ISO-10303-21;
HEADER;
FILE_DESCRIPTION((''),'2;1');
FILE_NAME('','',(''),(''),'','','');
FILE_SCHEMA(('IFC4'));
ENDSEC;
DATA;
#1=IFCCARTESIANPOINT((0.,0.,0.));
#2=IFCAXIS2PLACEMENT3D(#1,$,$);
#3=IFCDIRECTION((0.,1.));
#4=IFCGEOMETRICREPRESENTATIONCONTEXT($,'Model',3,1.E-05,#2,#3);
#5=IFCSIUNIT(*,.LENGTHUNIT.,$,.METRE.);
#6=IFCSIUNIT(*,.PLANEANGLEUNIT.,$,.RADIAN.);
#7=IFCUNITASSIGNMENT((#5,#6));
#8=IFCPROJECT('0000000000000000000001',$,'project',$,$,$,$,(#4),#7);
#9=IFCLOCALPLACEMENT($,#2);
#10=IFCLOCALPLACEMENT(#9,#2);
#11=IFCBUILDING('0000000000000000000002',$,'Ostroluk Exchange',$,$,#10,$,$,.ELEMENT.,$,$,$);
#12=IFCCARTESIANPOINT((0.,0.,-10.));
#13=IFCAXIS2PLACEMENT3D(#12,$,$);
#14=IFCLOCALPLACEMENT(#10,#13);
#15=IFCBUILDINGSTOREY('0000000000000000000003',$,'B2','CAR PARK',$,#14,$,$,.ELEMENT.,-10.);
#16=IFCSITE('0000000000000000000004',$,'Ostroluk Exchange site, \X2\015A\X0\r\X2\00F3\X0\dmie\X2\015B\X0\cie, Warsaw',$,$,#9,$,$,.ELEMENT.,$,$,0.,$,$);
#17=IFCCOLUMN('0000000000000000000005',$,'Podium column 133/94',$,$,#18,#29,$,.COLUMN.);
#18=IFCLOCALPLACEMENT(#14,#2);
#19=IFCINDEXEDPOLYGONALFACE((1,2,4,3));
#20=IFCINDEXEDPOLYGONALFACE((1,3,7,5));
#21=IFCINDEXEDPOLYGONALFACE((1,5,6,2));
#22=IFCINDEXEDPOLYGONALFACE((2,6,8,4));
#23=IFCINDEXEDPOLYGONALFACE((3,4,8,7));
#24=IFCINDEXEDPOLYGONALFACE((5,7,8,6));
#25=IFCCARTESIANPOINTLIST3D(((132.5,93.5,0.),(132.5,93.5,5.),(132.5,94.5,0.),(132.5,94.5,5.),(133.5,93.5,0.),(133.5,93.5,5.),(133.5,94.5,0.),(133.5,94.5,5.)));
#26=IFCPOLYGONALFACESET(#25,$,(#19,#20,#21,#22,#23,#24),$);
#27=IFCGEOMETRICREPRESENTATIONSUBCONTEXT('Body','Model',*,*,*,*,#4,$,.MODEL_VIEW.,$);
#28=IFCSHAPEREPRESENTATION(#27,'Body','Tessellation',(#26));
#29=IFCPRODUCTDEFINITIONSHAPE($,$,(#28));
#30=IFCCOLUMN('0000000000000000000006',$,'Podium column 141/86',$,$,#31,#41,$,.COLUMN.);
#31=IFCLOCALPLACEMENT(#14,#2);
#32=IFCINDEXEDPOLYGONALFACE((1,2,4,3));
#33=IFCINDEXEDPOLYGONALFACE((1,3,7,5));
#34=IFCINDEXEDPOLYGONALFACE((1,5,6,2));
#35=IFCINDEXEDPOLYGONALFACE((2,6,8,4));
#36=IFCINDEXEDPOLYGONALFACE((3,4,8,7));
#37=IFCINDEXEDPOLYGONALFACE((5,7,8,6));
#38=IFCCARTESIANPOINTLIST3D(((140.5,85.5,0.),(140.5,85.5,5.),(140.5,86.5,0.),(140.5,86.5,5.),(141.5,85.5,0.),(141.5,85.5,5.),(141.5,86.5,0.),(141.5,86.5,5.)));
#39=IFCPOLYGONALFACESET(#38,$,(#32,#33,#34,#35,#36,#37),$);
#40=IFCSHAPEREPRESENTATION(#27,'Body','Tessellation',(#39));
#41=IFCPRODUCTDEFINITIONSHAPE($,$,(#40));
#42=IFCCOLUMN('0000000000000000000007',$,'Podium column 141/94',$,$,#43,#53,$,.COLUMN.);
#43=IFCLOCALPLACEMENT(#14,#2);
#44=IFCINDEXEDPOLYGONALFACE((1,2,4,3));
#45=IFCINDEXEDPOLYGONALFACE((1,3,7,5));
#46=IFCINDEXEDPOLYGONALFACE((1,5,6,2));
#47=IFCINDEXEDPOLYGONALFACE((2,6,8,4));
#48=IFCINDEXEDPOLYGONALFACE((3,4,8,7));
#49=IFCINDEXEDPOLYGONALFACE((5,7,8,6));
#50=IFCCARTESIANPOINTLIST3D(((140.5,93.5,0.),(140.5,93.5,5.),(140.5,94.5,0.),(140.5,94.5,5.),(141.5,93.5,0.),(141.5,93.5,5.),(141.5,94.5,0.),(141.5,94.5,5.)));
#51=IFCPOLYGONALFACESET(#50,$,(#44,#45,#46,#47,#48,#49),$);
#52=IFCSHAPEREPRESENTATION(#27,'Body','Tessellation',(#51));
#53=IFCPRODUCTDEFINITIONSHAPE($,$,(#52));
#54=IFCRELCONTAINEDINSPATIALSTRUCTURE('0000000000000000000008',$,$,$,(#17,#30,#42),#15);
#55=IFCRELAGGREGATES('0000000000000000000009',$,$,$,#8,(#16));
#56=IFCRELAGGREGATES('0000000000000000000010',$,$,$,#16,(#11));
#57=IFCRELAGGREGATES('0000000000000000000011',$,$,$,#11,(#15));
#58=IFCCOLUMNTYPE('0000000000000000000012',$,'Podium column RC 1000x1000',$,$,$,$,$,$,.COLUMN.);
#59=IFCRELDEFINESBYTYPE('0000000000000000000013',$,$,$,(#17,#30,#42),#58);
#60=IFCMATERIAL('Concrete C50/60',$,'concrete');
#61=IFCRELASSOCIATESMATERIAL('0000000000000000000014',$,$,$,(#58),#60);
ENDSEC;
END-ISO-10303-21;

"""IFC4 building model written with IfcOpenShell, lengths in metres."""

from ifc_helpers import new_model, si_unit, direction, frame, origin, origin_2d, place, context, subcontext, project, spatial, rectangle, extrude, material, material_profile, profile_set, type_object, element, save


model = new_model("IFC4")

# Units and contexts
model_context = context("Model", 3, precision=1e-05, world=origin(), true_north=direction((0.0, 1.0)))
body_context = subcontext(model_context, "Body", "Model", "MODEL_VIEW")
ifc_project = project(units=[si_unit("LENGTHUNIT", "METRE"), si_unit("PLANEANGLEUNIT", "RADIAN")], contexts=[model_context])

# Site, building, storey
site_placement = place(None, origin())
site = spatial("IfcSite", under=ifc_project, at=site_placement, Name="Ostroluk Exchange site, Śródmieście, Warsaw", CompositionType="ELEMENT", RefElevation=0.0)
building_placement = place(site_placement, origin())
building = spatial("IfcBuilding", under=site, at=building_placement, Name="Ostroluk Exchange", CompositionType="ELEMENT")
storey_placement = place(building_placement, frame((0.0, 0.0, -10.0)))
storey = spatial("IfcBuildingStorey", under=building, at=storey_placement, Name="B2", Description="CAR PARK", CompositionType="ELEMENT", Elevation=-10.0)

# Columns
ifc_material_1 = material(Name="Concrete C50/60", Category="concrete")
ifc_material_profile = material_profile(ifc_material_1, rectangle(XDim=1.0, YDim=1.0, at=origin_2d()), Name="RC 1000x1000")
ifc_profile_set = profile_set([ifc_material_profile], Name="Concrete C50/60")
column_type = type_object("IfcColumnType", Name="Podium column RC 1000x1000", PredefinedType="COLUMN", material=ifc_profile_set)
for number, where, z_axis, x_axis, name in (
    (1, (133.0, 94.0, 0.0), (0.0, 0.0, 1.0), (1.0, 0.0, 0.0), "Podium column 133/94"),
    (2, (141.0, 86.0, 0.0), (0.0, 0.0, 1.0), (1.0, 0.0, 0.0), "Podium column 141/86"),
    (3, (141.0, 94.0, 0.0), (0.0, 0.0, 1.0), (1.0, 0.0, 0.0), "Podium column 141/94"),
):
    element("IfcColumn", number, at=place(storey_placement, frame(where, z_axis=z_axis, x_axis=x_axis)), inside=storey, type_object=column_type, Name=name, PredefinedType="COLUMN", context=body_context, shape_type="SweptSolid", body=[
        extrude(rectangle(XDim=1.0, YDim=1.0, at=origin_2d()), origin(), (0.0, 0.0, 1.0), 5.0),
    ])

save(model, "model.ifc")
